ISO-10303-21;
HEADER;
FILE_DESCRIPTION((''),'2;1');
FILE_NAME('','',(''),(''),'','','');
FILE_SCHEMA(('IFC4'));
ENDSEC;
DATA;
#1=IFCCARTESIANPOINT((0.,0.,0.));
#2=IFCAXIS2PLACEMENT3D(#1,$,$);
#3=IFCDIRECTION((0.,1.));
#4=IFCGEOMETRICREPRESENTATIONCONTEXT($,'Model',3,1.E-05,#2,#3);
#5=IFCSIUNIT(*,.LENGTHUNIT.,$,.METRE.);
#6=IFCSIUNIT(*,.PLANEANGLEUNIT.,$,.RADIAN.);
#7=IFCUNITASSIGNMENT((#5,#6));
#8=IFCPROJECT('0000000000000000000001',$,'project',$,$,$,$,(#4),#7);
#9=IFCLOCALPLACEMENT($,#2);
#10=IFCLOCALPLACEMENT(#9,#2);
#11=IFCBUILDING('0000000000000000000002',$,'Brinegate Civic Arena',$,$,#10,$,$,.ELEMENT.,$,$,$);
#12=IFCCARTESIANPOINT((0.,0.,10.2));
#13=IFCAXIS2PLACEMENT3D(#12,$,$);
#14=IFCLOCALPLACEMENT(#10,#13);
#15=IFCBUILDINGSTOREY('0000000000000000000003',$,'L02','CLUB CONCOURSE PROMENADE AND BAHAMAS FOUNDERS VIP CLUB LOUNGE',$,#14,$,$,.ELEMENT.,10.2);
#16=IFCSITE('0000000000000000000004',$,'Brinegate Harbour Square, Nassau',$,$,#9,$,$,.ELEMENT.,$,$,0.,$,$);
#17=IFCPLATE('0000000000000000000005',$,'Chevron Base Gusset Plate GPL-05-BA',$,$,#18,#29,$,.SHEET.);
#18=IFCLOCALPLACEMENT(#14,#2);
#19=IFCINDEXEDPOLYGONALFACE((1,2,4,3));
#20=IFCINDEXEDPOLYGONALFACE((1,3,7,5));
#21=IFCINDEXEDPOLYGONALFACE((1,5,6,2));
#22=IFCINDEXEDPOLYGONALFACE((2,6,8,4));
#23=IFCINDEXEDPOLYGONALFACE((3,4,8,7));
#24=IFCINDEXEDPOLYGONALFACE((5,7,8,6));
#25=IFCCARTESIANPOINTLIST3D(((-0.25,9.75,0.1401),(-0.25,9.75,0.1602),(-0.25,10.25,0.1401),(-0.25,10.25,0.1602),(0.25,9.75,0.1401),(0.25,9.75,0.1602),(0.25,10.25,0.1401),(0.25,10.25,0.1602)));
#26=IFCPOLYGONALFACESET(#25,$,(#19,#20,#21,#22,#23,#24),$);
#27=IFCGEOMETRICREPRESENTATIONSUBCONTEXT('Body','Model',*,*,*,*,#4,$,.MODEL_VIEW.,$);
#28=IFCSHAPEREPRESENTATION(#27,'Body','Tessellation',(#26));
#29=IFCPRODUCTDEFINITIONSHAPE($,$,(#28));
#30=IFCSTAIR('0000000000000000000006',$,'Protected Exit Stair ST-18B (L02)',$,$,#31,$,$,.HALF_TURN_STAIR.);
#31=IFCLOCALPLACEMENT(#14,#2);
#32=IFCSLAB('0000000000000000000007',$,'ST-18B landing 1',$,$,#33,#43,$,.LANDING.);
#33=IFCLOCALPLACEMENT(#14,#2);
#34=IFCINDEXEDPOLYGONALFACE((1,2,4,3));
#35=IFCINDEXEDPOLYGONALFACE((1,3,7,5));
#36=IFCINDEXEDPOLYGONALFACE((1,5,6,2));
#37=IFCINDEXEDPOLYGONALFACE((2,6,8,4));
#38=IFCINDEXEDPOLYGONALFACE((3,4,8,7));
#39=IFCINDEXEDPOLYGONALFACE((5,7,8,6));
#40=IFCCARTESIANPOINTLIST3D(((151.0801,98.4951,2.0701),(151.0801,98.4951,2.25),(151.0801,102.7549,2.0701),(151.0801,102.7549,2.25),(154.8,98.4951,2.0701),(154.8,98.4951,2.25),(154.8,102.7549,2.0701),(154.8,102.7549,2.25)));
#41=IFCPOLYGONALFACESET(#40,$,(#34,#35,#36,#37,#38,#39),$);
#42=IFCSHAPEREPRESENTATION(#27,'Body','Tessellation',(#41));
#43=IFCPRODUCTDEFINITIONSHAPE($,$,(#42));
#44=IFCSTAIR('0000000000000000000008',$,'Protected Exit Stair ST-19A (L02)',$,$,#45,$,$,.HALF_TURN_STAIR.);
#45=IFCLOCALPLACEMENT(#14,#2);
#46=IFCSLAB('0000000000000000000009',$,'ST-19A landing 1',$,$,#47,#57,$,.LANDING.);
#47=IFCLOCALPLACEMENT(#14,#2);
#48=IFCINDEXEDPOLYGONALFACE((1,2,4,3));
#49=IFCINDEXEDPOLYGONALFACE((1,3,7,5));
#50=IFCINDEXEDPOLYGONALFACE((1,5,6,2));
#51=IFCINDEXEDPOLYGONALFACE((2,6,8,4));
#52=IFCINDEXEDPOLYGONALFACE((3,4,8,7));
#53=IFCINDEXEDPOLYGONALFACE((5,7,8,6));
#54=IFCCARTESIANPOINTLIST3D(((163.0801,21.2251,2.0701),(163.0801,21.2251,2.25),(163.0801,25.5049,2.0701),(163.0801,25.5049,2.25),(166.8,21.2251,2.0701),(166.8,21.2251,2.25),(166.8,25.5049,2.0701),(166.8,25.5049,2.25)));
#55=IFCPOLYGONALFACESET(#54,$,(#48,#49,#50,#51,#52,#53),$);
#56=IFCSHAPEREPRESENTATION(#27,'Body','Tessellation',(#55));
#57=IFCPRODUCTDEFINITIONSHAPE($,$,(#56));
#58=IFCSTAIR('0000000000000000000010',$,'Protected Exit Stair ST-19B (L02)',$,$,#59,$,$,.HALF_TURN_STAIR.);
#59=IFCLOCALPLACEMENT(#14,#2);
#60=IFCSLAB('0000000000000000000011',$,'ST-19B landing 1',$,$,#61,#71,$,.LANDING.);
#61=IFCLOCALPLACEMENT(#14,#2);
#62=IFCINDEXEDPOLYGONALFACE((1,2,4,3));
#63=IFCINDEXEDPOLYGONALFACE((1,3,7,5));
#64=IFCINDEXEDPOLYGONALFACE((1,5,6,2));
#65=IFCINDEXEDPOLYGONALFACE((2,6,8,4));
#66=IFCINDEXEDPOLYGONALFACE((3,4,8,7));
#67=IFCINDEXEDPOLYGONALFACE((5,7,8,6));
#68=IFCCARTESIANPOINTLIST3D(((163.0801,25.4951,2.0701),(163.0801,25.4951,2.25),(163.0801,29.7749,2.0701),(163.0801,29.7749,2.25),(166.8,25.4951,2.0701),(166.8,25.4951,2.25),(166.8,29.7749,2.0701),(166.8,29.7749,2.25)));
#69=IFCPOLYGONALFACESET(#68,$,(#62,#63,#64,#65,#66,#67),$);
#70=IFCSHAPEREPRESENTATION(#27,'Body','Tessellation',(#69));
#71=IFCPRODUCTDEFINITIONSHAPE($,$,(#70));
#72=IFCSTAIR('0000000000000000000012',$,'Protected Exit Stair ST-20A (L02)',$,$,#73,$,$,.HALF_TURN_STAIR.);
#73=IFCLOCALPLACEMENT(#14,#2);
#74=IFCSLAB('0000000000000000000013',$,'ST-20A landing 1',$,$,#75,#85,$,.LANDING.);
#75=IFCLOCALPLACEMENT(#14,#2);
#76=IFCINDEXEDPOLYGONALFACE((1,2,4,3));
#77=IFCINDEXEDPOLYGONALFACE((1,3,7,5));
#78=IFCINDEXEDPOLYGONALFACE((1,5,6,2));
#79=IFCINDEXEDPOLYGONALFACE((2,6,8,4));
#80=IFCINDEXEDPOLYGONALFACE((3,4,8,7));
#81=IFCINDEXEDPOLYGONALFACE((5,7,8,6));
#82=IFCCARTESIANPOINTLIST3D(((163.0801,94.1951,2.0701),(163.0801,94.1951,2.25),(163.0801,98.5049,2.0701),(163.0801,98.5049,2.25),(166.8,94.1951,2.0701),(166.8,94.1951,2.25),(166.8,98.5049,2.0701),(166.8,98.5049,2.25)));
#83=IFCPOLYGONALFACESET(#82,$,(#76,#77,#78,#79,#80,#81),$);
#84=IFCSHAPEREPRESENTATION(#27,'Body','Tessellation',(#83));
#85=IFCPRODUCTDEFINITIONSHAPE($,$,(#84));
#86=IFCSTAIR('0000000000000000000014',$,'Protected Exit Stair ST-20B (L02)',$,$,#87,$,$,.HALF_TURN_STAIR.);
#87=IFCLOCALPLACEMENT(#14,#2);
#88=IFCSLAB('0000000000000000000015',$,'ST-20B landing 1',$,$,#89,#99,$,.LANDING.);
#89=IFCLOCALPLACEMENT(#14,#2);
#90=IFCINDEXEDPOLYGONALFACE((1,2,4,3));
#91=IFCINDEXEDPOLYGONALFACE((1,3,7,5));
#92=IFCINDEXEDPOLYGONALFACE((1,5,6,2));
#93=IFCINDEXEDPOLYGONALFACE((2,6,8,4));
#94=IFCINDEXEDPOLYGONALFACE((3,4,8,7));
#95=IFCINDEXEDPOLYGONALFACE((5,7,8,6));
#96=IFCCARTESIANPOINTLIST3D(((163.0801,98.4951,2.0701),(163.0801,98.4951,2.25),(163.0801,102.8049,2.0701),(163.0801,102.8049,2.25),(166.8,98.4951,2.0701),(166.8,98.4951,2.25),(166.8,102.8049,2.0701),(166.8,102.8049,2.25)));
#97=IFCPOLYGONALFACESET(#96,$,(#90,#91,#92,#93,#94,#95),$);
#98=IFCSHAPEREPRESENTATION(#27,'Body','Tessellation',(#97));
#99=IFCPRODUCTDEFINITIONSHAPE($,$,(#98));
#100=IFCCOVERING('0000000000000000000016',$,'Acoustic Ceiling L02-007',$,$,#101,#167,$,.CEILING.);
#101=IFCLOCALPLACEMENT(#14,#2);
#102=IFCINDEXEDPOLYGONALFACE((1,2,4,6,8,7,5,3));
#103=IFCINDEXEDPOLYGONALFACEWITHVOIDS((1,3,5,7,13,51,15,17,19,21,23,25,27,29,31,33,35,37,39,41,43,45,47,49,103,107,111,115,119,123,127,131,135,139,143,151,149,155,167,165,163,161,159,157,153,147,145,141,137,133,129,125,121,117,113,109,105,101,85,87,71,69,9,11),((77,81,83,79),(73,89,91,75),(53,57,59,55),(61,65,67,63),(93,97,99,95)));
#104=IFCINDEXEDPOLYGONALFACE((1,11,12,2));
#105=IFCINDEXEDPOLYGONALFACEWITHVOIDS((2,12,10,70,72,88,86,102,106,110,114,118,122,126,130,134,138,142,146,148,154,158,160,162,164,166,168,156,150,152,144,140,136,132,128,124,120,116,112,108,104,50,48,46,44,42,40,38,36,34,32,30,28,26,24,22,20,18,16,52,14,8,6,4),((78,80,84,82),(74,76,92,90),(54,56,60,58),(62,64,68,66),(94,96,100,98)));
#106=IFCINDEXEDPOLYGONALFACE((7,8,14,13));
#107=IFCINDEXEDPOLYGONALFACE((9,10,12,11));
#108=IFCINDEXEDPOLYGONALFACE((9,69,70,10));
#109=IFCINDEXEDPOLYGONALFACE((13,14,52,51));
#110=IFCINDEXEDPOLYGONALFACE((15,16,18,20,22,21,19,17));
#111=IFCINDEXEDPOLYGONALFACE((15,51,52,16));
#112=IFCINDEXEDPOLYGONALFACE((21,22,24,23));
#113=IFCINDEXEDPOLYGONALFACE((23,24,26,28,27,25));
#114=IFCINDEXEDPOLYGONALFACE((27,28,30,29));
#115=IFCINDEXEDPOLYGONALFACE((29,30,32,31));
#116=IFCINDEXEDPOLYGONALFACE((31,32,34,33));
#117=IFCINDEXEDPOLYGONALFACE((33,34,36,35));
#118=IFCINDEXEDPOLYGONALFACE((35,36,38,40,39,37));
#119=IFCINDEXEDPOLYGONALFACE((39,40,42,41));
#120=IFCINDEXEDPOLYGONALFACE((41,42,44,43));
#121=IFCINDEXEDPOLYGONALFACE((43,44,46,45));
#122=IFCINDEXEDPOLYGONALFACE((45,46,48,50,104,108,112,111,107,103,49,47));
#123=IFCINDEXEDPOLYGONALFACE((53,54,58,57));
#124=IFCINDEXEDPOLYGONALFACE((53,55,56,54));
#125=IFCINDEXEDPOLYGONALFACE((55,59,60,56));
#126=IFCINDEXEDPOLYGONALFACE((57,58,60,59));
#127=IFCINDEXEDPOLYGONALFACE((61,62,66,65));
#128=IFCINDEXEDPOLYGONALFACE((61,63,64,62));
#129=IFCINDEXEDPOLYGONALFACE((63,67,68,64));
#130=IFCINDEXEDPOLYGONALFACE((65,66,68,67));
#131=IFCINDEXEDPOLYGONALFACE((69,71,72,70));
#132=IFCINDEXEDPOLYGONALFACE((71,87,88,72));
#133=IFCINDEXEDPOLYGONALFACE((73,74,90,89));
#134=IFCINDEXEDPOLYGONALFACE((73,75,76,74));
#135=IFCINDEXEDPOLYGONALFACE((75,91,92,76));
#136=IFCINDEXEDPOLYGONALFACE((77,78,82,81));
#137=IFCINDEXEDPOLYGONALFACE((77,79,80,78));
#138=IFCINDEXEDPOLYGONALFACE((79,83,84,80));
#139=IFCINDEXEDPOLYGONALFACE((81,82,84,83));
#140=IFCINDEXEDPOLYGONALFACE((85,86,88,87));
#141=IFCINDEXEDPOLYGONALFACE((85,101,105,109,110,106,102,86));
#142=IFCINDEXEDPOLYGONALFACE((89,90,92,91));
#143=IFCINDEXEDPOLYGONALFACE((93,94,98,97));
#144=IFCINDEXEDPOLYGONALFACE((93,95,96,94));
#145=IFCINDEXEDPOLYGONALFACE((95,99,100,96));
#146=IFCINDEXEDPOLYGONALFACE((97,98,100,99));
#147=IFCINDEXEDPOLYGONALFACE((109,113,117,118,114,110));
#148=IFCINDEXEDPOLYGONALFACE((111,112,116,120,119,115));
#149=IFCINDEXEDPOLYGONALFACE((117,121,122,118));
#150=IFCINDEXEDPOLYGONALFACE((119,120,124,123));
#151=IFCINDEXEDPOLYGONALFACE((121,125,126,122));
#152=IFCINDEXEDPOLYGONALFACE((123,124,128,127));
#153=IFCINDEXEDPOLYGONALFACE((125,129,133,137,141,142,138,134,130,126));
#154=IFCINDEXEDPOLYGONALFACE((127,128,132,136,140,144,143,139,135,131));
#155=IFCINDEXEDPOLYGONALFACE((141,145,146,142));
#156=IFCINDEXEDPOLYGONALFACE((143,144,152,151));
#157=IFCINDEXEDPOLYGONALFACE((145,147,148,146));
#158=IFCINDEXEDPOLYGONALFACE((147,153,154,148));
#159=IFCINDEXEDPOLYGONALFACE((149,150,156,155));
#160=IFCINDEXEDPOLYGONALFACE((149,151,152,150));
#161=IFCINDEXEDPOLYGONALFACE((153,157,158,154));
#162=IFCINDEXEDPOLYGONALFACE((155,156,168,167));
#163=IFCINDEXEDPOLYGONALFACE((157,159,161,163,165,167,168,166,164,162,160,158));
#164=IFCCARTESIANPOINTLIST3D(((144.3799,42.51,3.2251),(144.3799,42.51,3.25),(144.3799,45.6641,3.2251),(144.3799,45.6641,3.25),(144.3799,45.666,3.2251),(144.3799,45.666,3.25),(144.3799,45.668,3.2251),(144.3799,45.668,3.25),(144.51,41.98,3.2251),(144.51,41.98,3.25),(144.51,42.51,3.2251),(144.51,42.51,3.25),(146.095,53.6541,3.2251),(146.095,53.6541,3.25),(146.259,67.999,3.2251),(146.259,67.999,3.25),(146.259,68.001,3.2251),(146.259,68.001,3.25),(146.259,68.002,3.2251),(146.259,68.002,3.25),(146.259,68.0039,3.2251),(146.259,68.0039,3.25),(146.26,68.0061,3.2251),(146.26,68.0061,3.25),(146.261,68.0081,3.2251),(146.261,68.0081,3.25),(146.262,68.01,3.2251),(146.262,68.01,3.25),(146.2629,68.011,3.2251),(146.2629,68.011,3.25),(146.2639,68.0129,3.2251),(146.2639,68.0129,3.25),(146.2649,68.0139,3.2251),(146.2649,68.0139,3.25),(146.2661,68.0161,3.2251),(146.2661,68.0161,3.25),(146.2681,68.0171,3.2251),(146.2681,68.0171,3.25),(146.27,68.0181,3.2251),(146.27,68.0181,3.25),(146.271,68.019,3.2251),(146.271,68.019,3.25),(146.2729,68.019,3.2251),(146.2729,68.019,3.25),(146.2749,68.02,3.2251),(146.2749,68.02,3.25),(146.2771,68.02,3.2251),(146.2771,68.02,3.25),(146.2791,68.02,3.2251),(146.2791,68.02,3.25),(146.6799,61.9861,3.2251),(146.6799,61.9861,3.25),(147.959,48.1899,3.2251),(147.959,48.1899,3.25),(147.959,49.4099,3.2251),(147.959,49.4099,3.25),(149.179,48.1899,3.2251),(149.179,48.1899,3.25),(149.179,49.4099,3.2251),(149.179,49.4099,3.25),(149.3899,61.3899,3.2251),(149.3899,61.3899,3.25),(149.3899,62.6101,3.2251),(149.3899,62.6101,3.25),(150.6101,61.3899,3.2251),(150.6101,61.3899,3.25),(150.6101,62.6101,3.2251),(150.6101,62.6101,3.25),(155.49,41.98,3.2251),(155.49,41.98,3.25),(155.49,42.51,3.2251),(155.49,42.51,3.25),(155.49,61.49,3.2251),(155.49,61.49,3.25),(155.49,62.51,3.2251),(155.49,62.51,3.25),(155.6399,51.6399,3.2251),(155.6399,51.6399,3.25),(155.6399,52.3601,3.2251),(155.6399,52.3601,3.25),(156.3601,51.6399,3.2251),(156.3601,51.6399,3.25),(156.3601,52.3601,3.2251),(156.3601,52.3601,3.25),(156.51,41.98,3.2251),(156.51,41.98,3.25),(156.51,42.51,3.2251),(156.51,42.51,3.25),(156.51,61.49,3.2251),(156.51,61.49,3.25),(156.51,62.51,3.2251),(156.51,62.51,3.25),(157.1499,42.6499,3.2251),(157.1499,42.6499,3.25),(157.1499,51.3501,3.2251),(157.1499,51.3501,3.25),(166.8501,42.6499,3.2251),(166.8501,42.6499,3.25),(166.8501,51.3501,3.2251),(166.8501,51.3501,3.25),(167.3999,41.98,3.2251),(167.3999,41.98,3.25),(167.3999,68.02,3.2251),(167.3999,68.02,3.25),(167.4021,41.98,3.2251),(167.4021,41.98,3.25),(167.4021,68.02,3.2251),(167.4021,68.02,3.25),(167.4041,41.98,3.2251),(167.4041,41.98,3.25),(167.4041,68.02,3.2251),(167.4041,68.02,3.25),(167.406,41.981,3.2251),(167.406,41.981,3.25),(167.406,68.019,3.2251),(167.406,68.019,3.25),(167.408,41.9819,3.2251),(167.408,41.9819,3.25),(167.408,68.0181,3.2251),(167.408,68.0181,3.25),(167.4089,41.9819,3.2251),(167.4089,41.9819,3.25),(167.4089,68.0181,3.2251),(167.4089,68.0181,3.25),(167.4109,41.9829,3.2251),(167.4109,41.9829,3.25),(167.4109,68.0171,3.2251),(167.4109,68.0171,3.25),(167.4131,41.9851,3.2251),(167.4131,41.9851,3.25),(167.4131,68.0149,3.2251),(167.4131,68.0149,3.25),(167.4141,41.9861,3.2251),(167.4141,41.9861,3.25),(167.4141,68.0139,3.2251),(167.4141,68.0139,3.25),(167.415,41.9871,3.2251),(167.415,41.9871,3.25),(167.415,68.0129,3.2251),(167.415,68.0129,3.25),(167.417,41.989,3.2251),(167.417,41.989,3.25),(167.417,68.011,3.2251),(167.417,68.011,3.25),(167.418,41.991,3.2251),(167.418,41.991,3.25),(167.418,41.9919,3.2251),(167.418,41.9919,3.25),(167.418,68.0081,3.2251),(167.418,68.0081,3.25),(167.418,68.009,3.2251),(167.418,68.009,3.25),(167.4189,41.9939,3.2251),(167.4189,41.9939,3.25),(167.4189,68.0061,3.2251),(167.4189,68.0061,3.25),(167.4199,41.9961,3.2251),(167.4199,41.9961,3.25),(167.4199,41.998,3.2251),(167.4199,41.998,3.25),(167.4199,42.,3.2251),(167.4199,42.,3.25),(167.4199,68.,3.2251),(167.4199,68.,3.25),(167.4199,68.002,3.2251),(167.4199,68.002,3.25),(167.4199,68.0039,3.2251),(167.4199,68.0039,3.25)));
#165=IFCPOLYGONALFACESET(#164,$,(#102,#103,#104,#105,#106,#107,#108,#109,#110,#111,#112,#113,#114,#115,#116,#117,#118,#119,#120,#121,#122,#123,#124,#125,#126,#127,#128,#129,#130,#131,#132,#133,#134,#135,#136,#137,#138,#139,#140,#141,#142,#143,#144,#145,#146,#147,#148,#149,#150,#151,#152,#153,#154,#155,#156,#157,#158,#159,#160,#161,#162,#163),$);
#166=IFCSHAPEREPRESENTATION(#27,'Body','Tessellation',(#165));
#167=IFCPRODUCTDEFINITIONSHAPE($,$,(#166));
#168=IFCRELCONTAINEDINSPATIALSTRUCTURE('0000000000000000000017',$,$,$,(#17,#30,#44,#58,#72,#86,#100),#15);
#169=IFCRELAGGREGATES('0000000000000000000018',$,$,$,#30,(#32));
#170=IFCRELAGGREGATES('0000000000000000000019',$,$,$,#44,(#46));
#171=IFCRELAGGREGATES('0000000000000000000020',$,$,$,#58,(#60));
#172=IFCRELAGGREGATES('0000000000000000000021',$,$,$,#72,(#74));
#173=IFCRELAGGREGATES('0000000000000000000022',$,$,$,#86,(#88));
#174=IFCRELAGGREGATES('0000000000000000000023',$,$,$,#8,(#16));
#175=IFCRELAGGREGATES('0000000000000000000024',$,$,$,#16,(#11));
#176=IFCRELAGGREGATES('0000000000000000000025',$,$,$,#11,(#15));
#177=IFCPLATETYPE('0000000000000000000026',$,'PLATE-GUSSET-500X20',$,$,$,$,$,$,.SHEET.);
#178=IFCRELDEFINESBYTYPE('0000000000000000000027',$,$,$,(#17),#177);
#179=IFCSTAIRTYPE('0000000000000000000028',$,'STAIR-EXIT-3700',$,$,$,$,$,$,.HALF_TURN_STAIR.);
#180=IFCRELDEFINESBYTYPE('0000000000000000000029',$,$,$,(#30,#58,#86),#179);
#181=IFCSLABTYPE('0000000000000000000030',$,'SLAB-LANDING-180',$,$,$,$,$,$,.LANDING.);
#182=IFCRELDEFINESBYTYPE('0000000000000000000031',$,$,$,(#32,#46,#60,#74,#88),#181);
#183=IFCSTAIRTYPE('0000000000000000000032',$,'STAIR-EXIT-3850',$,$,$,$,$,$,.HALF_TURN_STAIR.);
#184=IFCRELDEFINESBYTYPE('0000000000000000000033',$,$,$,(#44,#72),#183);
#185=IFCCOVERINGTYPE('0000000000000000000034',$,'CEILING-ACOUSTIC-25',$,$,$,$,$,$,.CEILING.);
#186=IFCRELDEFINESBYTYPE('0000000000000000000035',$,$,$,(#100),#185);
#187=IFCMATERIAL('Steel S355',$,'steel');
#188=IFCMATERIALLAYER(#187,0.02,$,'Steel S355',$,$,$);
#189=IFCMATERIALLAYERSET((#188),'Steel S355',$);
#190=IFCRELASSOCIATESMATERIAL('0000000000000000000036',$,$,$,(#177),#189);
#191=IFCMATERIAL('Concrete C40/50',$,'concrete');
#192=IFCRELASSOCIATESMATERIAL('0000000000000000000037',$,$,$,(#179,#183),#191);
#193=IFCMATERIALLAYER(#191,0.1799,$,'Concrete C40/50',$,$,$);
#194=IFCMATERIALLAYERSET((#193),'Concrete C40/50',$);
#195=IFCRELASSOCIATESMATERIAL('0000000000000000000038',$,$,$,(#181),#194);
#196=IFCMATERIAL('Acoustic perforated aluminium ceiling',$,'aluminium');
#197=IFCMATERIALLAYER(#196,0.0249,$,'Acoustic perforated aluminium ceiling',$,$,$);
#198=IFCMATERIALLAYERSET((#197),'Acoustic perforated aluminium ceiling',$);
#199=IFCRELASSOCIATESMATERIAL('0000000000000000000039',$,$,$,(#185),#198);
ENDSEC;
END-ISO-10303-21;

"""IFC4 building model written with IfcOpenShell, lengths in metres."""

from ifc_helpers import new_model, si_unit, direction, frame, origin, origin_2d, place, context, subcontext, project, spatial, polyline, rectangle, outline, extrude, material, layer, layer_set, type_object, element, aggregate, save


model = new_model("IFC4")

# Units and contexts
model_context = context("Model", 3, precision=1e-05, world=origin(), true_north=direction((0.0, 1.0)))
body_context = subcontext(model_context, "Body", "Model", "MODEL_VIEW")
ifc_project = project(units=[si_unit("LENGTHUNIT", "METRE"), si_unit("PLANEANGLEUNIT", "RADIAN")], contexts=[model_context])

# Site, building, storey
site_placement = place(None, origin())
site = spatial("IfcSite", under=ifc_project, at=site_placement, Name="Brinegate Harbour Square, Nassau", CompositionType="ELEMENT", RefElevation=0.0)
building_placement = place(site_placement, origin())
building = spatial("IfcBuilding", under=site, at=building_placement, Name="Brinegate Civic Arena", CompositionType="ELEMENT")
storey_placement = place(building_placement, frame((0.0, 0.0, 10.2)))
storey = spatial("IfcBuildingStorey", under=building, at=storey_placement, Name="L02", Description="CLUB CONCOURSE PROMENADE AND BAHAMAS FOUNDERS VIP CLUB LOUNGE", CompositionType="ELEMENT", Elevation=10.2)

# Shared definitions
ifc_material_1 = material(Name="Steel S355", Category="steel")

# Plate
ifc_layer_1 = layer(ifc_material_1, 0.02, Name="Steel S355")
ifc_layer_set_1 = layer_set([ifc_layer_1], Name="Steel S355")
plate_type_1 = type_object("IfcPlateType", Name="PLATE-GUSSET-500X20", PredefinedType="SHEET", material=ifc_layer_set_1)
plate_1_placement = place(storey_placement, frame((0.0, 10.0, 0.1401), z_axis=(0.0, 0.0, 1.0), x_axis=(1.0, 0.0, 0.0)))
element("IfcPlate", 1, at=plate_1_placement, inside=storey, type_object=plate_type_1, Name="Chevron Base Gusset Plate GPL-05-BA", PredefinedType="SHEET", context=body_context, shape_type="SweptSolid", body=[
    extrude(rectangle(XDim=0.5, YDim=0.5, at=origin_2d()), origin(), (0.0, 0.0, 1.0), 0.02),
])

# Stairs, slabs
ifc_material_2 = material(Name="Concrete C40/50", Category="concrete")
stair_type_1 = type_object("IfcStairType", Name="STAIR-EXIT-3700", PredefinedType="HALF_TURN_STAIR", material=ifc_material_2)
stair_1_placement = place(storey_placement, origin())
stair_1 = element("IfcStair", 2, at=stair_1_placement, inside=storey, type_object=stair_type_1, Name="Protected Exit Stair ST-18B (L02)", PredefinedType="HALF_TURN_STAIR")
ifc_layer_2 = layer(ifc_material_2, 0.1799, Name="Concrete C40/50")
ifc_layer_set_2 = layer_set([ifc_layer_2], Name="Concrete C40/50")
slab_type = type_object("IfcSlabType", Name="SLAB-LANDING-180", PredefinedType="LANDING", material=ifc_layer_set_2)
slab_1_placement = place(storey_placement, frame((0.0, 0.0, 2.0701)))
slab_1 = element("IfcSlab", 3, at=slab_1_placement, type_object=slab_type, Name="ST-18B landing 1", PredefinedType="LANDING", context=body_context, shape_type="SweptSolid", body=[
    extrude(outline(polyline([(151.0801, 98.4951), (154.8, 98.4951), (154.8, 102.7549), (151.0801, 102.7549), (151.0801, 98.4951)])), origin(), (0.0, 0.0, 1.0), 0.1799),
])
aggregate(stair_1, [slab_1])
stair_type_2 = type_object("IfcStairType", Name="STAIR-EXIT-3850", PredefinedType="HALF_TURN_STAIR", material=ifc_material_2)
stair_2_placement = place(storey_placement, origin())
stair_2 = element("IfcStair", 4, at=stair_2_placement, inside=storey, type_object=stair_type_2, Name="Protected Exit Stair ST-19A (L02)", PredefinedType="HALF_TURN_STAIR")
slab_2_placement = place(storey_placement, frame((0.0, 0.0, 2.0701)))
slab_2 = element("IfcSlab", 5, at=slab_2_placement, type_object=slab_type, Name="ST-19A landing 1", PredefinedType="LANDING", context=body_context, shape_type="SweptSolid", body=[
    extrude(outline(polyline([(163.0801, 21.2251), (166.8, 21.2251), (166.8, 25.5049), (163.0801, 25.5049), (163.0801, 21.2251)])), origin(), (0.0, 0.0, 1.0), 0.1799),
])
aggregate(stair_2, [slab_2])
stair_3_placement = place(storey_placement, origin())
stair_3 = element("IfcStair", 6, at=stair_3_placement, inside=storey, type_object=stair_type_1, Name="Protected Exit Stair ST-19B (L02)", PredefinedType="HALF_TURN_STAIR")
slab_3_placement = place(storey_placement, frame((0.0, 0.0, 2.0701)))
slab_3 = element("IfcSlab", 7, at=slab_3_placement, type_object=slab_type, Name="ST-19B landing 1", PredefinedType="LANDING", context=body_context, shape_type="SweptSolid", body=[
    extrude(outline(polyline([(163.0801, 25.4951), (166.8, 25.4951), (166.8, 29.7749), (163.0801, 29.7749), (163.0801, 25.4951)])), origin(), (0.0, 0.0, 1.0), 0.1799),
])
aggregate(stair_3, [slab_3])
stair_4_placement = place(storey_placement, origin())
stair_4 = element("IfcStair", 8, at=stair_4_placement, inside=storey, type_object=stair_type_2, Name="Protected Exit Stair ST-20A (L02)", PredefinedType="HALF_TURN_STAIR")
slab_4_placement = place(storey_placement, frame((0.0, 0.0, 2.0701)))
slab_4 = element("IfcSlab", 9, at=slab_4_placement, type_object=slab_type, Name="ST-20A landing 1", PredefinedType="LANDING", context=body_context, shape_type="SweptSolid", body=[
    extrude(outline(polyline([(163.0801, 94.1951), (166.8, 94.1951), (166.8, 98.5049), (163.0801, 98.5049), (163.0801, 94.1951)])), origin(), (0.0, 0.0, 1.0), 0.1799),
])
aggregate(stair_4, [slab_4])
stair_5_placement = place(storey_placement, origin())
stair_5 = element("IfcStair", 10, at=stair_5_placement, inside=storey, type_object=stair_type_1, Name="Protected Exit Stair ST-20B (L02)", PredefinedType="HALF_TURN_STAIR")
slab_5_placement = place(storey_placement, frame((0.0, 0.0, 2.0701)))
slab_5 = element("IfcSlab", 11, at=slab_5_placement, type_object=slab_type, Name="ST-20B landing 1", PredefinedType="LANDING", context=body_context, shape_type="SweptSolid", body=[
    extrude(outline(polyline([(163.0801, 98.4951), (166.8, 98.4951), (166.8, 102.8049), (163.0801, 102.8049), (163.0801, 98.4951)])), origin(), (0.0, 0.0, 1.0), 0.1799),
])
aggregate(stair_5, [slab_5])

# Covering
ifc_material_3 = material(Name="Acoustic perforated aluminium ceiling", Category="aluminium")
ifc_layer_3 = layer(ifc_material_3, 0.0249, Name="Acoustic perforated aluminium ceiling")
ifc_layer_set_3 = layer_set([ifc_layer_3], Name="Acoustic perforated aluminium ceiling")
covering_type_1 = type_object("IfcCoveringType", Name="CEILING-ACOUSTIC-25", PredefinedType="CEILING", material=ifc_layer_set_3)
covering_1_placement = place(storey_placement, frame((0.0, 0.0, 3.2251)))
element("IfcCovering", 12, at=covering_1_placement, inside=storey, type_object=covering_type_1, Name="Acoustic Ceiling L02-007", PredefinedType="CEILING", context=body_context, shape_type="SweptSolid", body=[
    extrude(outline(polyline([(167.4199, 41.9961), (167.4189, 41.9939), (167.418, 41.9919), (167.418, 41.991), (167.417, 41.989), (167.415, 41.9871), (167.4141, 41.9861), (167.4131, 41.9851), (167.4109, 41.9829), (167.4089, 41.9819), (167.408, 41.9819), (167.406, 41.981), (167.4041, 41.98), (167.4021, 41.98), (167.3999, 41.98), (156.51, 41.98), (156.51, 42.51), (155.49, 42.51), (155.49, 41.98), (144.51, 41.98), (144.51, 42.51), (144.3799, 42.51), (144.3799, 45.6641), (144.3799, 45.666), (144.3799, 45.668), (146.095, 53.6541), (146.6799, 61.9861), (146.259, 67.999), (146.259, 68.001), (146.259, 68.002), (146.259, 68.0039), (146.26, 68.0061), (146.261, 68.0081), (146.262, 68.01), (146.2629, 68.011), (146.2639, 68.0129), (146.2649, 68.0139), (146.2661, 68.0161), (146.2681, 68.0171), (146.27, 68.0181), (146.271, 68.019), (146.2729, 68.019), (146.2749, 68.02), (146.2771, 68.02), (146.2791, 68.02), (167.3999, 68.02), (167.4021, 68.02), (167.4041, 68.02), (167.406, 68.019), (167.408, 68.0181), (167.4089, 68.0181), (167.4109, 68.0171), (167.4131, 68.0149), (167.4141, 68.0139), (167.415, 68.0129), (167.417, 68.011), (167.418, 68.009), (167.418, 68.0081), (167.4189, 68.0061), (167.4199, 68.0039), (167.4199, 68.002), (167.4199, 68.0), (167.4199, 42.0), (167.4199, 41.998), (167.4199, 41.9961)]), holes=[polyline([(147.959, 49.4099), (147.959, 48.1899), (149.179, 48.1899), (149.179, 49.4099), (147.959, 49.4099)]), polyline([(157.1499, 51.3501), (157.1499, 42.6499), (166.8501, 42.6499), (166.8501, 51.3501), (157.1499, 51.3501)]), polyline([(156.3601, 52.3601), (155.6399, 52.3601), (155.6399, 51.6399), (156.3601, 51.6399), (156.3601, 52.3601)]), polyline([(150.6101, 62.6101), (149.3899, 62.6101), (149.3899, 61.3899), (150.6101, 61.3899), (150.6101, 62.6101)]), polyline([(156.51, 62.51), (155.49, 62.51), (155.49, 61.49), (156.51, 61.49), (156.51, 62.51)])]), origin(), (0.0, 0.0, 1.0), 0.0249),
])

save(model, "model.ifc")
